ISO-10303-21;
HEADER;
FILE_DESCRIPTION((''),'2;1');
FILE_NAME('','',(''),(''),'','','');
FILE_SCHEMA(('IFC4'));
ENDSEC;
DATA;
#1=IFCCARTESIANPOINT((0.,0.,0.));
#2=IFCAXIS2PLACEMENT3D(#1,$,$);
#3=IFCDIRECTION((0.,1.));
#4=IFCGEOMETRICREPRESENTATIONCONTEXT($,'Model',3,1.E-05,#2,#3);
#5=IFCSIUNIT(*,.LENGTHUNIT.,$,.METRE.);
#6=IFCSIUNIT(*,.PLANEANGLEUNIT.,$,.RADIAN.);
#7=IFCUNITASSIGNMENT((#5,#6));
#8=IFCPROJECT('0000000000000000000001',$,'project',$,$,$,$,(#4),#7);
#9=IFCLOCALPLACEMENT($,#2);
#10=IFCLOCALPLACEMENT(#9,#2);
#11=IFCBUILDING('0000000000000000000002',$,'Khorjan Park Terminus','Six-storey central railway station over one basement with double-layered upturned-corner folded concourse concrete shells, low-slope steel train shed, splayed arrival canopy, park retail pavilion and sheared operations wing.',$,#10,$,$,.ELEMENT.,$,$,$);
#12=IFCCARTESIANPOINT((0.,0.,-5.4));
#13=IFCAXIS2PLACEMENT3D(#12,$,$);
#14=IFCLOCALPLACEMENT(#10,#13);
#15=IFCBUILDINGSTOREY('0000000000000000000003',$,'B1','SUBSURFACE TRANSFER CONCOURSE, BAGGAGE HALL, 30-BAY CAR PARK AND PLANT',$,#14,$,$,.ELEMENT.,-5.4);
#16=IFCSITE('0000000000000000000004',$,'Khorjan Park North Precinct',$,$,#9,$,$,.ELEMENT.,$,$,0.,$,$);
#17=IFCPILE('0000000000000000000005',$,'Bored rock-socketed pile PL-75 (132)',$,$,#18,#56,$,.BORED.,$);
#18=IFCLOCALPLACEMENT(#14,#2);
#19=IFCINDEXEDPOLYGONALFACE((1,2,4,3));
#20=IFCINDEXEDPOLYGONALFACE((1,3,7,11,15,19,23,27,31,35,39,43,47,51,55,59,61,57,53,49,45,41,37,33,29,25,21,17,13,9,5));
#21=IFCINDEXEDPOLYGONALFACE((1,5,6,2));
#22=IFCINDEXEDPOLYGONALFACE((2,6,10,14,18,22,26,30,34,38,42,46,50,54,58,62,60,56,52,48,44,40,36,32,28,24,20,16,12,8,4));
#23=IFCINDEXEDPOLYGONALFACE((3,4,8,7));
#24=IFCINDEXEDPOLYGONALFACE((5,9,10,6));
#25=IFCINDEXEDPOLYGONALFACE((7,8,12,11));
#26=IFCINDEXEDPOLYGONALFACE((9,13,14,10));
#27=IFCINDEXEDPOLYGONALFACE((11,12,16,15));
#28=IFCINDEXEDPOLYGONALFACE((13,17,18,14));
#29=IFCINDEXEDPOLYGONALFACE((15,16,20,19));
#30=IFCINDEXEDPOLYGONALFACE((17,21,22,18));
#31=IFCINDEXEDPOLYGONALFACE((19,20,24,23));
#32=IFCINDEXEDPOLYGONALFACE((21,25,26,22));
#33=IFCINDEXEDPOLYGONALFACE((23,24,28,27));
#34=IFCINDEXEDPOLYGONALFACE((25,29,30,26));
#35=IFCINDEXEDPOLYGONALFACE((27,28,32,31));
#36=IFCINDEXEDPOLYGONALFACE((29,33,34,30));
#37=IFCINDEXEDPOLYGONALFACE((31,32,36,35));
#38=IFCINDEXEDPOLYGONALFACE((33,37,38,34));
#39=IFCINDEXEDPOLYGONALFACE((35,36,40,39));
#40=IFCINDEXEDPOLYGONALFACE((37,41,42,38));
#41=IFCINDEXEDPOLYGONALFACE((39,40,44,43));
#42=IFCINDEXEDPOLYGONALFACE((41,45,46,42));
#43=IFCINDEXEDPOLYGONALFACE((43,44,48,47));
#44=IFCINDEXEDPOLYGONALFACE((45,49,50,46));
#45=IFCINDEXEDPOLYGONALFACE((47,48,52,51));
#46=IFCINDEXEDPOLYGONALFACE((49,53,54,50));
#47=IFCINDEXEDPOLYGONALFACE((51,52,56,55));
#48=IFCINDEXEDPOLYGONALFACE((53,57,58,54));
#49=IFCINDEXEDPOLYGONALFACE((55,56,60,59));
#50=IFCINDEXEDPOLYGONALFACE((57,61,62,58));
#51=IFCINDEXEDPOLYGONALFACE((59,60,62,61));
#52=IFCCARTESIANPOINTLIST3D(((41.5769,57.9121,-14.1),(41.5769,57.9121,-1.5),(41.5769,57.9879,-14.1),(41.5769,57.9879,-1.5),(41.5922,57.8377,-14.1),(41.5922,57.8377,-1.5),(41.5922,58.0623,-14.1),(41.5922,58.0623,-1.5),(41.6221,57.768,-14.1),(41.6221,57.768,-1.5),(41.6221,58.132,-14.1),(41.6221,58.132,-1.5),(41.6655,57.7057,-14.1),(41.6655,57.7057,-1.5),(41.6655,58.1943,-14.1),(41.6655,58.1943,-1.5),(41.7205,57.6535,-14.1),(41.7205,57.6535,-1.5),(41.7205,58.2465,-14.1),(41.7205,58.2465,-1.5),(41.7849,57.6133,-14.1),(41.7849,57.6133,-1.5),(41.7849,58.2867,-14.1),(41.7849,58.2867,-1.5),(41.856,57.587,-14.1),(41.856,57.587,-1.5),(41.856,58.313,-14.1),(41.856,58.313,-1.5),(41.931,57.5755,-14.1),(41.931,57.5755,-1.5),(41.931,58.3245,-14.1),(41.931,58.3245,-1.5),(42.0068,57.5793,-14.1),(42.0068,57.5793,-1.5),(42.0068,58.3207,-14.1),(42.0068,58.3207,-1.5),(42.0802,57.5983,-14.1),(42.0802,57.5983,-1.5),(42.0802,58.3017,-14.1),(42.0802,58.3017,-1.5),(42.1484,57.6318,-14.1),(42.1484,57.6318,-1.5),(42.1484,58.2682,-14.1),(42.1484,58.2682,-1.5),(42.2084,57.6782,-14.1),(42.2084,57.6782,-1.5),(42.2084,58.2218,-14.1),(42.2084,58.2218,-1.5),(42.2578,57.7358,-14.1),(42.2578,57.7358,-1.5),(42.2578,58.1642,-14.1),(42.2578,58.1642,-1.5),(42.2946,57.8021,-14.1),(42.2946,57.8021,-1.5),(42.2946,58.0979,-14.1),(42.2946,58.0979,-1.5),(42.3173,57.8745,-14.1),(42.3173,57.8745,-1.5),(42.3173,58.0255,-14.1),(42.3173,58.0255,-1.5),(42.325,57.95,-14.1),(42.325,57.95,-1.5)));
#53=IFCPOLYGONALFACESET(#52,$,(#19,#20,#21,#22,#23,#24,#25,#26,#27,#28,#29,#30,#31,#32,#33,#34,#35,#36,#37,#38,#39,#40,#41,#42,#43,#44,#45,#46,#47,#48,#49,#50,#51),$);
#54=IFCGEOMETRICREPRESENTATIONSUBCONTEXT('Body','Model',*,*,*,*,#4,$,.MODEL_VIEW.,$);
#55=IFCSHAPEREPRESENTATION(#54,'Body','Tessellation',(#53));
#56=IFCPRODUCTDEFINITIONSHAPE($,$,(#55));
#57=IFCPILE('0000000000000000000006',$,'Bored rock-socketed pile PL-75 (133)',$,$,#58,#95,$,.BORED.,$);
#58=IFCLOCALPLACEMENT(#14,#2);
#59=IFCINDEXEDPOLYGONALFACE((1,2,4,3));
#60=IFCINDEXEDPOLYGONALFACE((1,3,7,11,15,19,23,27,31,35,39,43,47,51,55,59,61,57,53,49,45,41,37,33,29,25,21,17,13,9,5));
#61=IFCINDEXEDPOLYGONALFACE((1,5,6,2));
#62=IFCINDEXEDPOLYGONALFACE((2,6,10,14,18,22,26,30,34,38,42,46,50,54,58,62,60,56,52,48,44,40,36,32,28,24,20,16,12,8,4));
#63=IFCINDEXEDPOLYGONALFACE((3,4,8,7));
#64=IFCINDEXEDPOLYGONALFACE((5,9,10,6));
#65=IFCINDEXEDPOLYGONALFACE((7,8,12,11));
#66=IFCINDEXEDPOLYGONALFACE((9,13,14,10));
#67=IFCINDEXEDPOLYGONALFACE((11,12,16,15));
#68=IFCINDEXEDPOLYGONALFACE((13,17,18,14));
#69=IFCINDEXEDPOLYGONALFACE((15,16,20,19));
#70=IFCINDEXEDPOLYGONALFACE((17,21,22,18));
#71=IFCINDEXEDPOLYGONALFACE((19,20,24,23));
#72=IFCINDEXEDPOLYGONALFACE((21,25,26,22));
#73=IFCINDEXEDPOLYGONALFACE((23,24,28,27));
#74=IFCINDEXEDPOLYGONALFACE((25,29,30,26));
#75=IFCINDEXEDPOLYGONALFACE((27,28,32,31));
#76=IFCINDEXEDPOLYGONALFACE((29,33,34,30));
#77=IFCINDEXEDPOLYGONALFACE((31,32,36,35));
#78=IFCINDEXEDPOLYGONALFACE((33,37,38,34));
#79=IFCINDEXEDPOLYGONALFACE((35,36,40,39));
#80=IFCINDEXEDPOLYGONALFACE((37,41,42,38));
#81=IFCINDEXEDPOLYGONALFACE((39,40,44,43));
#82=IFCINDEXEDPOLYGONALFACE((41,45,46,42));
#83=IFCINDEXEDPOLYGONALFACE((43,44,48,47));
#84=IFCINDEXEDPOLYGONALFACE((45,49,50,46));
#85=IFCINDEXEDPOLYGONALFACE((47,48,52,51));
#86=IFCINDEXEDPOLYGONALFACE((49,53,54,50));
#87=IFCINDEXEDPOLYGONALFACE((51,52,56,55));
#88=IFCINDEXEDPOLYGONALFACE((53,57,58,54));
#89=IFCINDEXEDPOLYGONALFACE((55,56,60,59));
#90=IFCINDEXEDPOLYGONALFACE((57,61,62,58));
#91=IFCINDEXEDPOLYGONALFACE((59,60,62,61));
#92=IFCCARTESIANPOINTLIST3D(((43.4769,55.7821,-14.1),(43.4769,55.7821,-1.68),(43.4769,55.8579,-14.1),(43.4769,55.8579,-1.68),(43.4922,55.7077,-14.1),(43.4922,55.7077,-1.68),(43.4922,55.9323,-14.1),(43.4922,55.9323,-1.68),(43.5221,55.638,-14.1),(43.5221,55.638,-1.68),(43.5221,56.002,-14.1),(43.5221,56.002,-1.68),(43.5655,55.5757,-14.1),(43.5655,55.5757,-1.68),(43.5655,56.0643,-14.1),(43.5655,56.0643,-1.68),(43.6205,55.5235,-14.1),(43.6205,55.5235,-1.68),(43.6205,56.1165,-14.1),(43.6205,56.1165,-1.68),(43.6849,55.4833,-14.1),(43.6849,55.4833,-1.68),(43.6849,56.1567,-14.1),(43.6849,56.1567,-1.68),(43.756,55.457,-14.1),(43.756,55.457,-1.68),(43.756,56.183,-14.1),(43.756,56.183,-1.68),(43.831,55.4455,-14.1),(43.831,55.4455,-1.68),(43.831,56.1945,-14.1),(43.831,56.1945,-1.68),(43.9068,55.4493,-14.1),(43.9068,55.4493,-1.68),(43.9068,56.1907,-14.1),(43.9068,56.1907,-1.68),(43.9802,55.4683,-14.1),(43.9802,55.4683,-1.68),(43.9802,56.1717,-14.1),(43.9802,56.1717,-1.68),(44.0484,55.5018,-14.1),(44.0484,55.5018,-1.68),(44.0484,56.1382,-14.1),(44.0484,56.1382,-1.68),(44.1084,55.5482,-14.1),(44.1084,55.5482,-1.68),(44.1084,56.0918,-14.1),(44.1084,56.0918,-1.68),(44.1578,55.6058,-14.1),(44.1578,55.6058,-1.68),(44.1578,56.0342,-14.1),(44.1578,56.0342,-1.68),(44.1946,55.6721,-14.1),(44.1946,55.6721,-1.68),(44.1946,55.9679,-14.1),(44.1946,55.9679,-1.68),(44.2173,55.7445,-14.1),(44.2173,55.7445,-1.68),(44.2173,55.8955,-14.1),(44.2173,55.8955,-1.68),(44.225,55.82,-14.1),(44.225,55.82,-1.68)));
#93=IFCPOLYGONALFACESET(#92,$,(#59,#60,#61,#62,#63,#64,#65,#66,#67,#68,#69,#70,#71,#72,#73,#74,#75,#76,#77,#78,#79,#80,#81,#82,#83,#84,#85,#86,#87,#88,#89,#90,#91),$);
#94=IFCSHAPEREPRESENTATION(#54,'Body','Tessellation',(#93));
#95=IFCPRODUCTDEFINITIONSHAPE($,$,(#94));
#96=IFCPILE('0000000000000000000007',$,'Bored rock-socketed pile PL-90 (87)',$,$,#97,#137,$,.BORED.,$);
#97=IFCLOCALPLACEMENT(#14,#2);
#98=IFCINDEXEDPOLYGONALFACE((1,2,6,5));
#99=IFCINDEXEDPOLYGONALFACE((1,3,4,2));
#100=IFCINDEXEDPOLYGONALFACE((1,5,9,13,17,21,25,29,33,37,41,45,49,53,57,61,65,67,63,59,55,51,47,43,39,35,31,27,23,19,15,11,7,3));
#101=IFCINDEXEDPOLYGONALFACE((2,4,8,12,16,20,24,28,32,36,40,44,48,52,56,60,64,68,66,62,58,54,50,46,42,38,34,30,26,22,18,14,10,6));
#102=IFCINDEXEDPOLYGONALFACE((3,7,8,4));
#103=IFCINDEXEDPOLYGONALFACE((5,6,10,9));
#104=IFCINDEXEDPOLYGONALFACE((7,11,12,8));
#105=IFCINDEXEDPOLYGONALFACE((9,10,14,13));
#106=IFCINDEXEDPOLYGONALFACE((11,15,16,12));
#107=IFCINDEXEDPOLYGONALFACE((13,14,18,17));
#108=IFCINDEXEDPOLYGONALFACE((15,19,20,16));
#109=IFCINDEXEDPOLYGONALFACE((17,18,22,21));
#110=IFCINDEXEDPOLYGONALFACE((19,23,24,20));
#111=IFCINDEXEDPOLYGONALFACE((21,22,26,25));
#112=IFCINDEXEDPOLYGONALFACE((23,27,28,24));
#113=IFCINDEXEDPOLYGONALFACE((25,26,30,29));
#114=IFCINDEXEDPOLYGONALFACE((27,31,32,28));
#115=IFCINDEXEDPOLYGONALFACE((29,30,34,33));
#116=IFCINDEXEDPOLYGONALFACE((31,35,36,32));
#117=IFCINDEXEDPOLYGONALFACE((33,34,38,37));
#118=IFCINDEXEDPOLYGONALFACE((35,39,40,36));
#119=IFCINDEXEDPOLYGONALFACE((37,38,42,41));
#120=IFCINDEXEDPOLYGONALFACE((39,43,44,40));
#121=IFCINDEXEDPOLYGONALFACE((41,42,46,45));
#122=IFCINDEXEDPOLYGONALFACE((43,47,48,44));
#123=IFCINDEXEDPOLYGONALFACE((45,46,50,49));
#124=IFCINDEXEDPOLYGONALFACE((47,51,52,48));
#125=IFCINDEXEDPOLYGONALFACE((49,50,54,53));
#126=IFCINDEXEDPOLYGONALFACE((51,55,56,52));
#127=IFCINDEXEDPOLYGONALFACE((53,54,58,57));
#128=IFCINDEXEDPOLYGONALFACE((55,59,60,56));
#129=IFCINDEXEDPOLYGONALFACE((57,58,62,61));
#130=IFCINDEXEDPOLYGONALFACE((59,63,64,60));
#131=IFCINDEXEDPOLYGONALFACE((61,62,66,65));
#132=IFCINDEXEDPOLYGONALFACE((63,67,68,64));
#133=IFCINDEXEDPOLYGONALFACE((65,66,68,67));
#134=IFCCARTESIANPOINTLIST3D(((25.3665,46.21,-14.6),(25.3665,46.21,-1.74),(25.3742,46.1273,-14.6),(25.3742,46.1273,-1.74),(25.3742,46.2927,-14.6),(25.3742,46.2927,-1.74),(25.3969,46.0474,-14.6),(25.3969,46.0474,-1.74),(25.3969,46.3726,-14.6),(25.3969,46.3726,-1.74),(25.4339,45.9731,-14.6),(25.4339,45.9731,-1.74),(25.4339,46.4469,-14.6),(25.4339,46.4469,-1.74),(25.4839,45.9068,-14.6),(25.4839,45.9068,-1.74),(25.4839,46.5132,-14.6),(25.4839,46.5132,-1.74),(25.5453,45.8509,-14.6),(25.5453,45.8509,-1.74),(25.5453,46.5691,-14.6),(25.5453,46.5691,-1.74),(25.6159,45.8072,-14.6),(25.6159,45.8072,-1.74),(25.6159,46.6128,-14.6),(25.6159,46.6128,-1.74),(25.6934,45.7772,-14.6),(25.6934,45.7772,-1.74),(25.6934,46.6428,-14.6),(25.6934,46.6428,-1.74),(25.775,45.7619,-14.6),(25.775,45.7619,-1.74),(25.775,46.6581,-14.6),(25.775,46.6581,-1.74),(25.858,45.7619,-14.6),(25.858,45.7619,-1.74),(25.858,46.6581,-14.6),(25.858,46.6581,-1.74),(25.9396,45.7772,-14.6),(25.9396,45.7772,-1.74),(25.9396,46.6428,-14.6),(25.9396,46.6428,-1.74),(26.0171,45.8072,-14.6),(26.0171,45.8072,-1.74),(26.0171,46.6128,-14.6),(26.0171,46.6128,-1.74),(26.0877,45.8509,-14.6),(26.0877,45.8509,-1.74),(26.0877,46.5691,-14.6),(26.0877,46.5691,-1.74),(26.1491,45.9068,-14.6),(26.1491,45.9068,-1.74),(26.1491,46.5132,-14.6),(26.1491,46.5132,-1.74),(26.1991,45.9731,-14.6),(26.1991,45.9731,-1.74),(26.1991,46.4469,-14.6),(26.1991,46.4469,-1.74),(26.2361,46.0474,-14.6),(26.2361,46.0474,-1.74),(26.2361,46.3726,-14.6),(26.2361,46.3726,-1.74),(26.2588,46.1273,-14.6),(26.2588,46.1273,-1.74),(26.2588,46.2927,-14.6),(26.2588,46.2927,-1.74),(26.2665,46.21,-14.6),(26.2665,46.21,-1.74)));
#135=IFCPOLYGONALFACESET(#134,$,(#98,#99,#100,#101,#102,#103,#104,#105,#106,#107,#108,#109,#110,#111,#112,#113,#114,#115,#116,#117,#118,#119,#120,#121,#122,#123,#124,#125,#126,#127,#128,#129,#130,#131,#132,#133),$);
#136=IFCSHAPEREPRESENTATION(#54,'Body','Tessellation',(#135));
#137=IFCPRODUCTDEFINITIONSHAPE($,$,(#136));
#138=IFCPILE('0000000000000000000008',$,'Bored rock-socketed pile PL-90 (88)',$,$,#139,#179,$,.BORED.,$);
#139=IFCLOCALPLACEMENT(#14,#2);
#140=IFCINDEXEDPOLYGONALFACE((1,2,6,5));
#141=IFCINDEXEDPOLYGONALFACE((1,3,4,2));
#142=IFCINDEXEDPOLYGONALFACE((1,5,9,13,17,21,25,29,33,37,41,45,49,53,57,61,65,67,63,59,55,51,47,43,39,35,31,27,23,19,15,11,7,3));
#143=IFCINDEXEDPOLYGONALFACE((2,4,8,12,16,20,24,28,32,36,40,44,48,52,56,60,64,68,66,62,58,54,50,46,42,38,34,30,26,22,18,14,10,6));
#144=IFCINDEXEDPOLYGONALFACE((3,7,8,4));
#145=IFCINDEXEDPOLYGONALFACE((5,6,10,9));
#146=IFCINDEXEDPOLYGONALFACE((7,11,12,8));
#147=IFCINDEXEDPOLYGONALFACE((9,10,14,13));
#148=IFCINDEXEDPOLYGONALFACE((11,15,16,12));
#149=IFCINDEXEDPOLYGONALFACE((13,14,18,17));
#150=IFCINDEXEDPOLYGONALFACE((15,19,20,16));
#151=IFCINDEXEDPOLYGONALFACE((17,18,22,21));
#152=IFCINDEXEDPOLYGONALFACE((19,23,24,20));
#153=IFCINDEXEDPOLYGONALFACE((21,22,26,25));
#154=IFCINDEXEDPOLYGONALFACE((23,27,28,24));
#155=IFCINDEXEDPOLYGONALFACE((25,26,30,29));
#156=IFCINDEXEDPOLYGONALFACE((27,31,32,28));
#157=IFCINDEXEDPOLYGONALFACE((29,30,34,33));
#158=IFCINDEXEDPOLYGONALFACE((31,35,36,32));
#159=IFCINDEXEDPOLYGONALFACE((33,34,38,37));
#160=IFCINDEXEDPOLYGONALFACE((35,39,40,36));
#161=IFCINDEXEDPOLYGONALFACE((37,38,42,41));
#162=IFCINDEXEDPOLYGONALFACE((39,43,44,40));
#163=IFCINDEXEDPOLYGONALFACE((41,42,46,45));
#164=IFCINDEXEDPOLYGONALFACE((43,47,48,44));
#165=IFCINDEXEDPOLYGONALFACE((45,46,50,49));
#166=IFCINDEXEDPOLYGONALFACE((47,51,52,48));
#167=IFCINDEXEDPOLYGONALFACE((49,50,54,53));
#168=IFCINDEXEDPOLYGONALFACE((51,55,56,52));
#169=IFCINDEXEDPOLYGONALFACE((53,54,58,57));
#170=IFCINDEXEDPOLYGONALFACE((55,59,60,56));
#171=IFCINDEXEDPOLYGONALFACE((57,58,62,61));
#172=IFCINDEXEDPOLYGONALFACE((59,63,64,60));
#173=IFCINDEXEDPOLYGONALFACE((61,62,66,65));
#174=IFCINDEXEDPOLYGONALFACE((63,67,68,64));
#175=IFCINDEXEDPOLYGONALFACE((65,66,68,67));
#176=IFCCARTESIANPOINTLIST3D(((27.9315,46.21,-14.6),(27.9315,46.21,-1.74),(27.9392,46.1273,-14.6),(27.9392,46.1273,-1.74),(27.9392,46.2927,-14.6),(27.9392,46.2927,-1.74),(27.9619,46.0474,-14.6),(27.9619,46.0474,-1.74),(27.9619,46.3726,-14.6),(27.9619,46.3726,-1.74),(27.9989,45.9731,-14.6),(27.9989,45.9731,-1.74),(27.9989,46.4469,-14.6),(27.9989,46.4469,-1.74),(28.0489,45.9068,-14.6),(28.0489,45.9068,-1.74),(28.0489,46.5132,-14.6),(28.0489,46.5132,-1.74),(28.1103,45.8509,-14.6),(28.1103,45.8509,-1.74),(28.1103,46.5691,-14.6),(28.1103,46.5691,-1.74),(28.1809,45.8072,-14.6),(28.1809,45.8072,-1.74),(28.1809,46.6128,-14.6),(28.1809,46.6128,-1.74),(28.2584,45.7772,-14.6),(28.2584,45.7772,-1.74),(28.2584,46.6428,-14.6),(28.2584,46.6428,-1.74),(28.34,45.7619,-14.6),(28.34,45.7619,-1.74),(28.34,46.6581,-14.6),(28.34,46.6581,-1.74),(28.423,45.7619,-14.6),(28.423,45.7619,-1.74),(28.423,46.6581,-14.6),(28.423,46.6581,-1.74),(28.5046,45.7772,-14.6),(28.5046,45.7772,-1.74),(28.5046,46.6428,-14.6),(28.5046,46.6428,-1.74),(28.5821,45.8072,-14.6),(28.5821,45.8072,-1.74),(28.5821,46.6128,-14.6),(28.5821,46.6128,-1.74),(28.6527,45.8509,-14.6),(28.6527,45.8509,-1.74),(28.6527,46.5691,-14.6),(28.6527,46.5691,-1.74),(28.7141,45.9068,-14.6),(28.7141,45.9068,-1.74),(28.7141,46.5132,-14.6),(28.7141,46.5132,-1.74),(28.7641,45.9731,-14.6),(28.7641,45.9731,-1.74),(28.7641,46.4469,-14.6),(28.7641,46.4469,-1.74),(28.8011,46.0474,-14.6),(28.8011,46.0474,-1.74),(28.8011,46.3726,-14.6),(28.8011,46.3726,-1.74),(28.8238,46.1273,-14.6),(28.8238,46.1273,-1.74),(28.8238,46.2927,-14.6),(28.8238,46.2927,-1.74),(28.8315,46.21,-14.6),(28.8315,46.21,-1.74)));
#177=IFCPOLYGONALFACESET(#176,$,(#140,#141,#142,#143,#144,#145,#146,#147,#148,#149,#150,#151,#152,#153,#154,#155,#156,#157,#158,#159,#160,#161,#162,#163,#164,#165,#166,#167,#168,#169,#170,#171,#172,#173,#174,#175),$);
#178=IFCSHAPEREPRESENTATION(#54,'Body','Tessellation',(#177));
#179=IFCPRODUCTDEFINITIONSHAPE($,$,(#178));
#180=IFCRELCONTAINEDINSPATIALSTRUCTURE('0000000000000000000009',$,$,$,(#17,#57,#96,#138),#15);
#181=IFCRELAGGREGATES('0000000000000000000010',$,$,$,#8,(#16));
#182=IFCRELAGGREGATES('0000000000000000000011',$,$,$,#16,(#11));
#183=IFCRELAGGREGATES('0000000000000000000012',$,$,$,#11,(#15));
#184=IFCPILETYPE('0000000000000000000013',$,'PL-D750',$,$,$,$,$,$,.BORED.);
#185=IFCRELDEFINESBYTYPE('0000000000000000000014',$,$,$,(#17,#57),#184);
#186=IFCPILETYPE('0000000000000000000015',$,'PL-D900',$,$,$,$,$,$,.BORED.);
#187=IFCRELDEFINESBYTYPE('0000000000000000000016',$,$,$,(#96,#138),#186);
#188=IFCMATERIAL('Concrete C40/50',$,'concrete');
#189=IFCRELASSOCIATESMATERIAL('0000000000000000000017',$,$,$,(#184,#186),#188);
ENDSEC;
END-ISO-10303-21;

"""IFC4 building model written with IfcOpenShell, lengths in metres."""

from ifc_helpers import new_model, si_unit, direction, frame, origin, origin_2d, place, context, subcontext, project, spatial, circle, extrude, material, material_profile, profile_set, type_object, element, save


model = new_model("IFC4")

# Units and contexts
model_context = context("Model", 3, precision=1e-05, world=origin(), true_north=direction((0.0, 1.0)))
body_context = subcontext(model_context, "Body", "Model", "MODEL_VIEW")
ifc_project = project(units=[si_unit("LENGTHUNIT", "METRE"), si_unit("PLANEANGLEUNIT", "RADIAN")], contexts=[model_context])

# Site, building, storey
site_placement = place(None, origin())
site = spatial("IfcSite", under=ifc_project, at=site_placement, Name="Khorjan Park North Precinct", CompositionType="ELEMENT", RefElevation=0.0)
building_placement = place(site_placement, origin())
building = spatial("IfcBuilding", under=site, at=building_placement, Name="Khorjan Park Terminus", Description="Six-storey central railway station over one basement with double-layered upturned-corner folded concourse concrete shells, low-slope steel train shed, splayed arrival canopy, park retail pavilion and sheared operations wing.", CompositionType="ELEMENT")
storey_placement = place(building_placement, frame((0.0, 0.0, -5.4)))
storey = spatial("IfcBuildingStorey", under=building, at=storey_placement, Name="B1", Description="SUBSURFACE TRANSFER CONCOURSE, BAGGAGE HALL, 30-BAY CAR PARK AND PLANT", CompositionType="ELEMENT", Elevation=-5.4)

# Shared definitions
ifc_material_1 = material(Name="Concrete C40/50", Category="concrete")

# Piles
ifc_material_profile_1 = material_profile(ifc_material_1, circle(Radius=0.375, at=origin_2d()), Name="BORED D750")
ifc_profile_set_1 = profile_set([ifc_material_profile_1], Name="Concrete C40/50")
pile_type_1 = type_object("IfcPileType", Name="PL-D750", PredefinedType="BORED", material=ifc_profile_set_1)
pile_1_placement = place(storey_placement, frame((41.95, 57.95, -1.5), z_axis=(0.0, 0.0, -1.0), x_axis=(1.0, 0.0, 0.0)))
element("IfcPile", 1, at=pile_1_placement, inside=storey, type_object=pile_type_1, Name="Bored rock-socketed pile PL-75 (132)", PredefinedType="BORED", context=body_context, shape_type="SweptSolid", body=[
    extrude(circle(Radius=0.375, at=origin_2d()), origin(), (0.0, 0.0, 1.0), 12.6),
])
pile_2_placement = place(storey_placement, frame((43.85, 55.82, -1.68), z_axis=(0.0, 0.0, -1.0), x_axis=(1.0, 0.0, 0.0)))
element("IfcPile", 2, at=pile_2_placement, inside=storey, type_object=pile_type_1, Name="Bored rock-socketed pile PL-75 (133)", PredefinedType="BORED", context=body_context, shape_type="SweptSolid", body=[
    extrude(circle(Radius=0.375, at=origin_2d()), origin(), (0.0, 0.0, 1.0), 12.42),
])
ifc_material_profile_2 = material_profile(ifc_material_1, circle(Radius=0.45, at=origin_2d()), Name="BORED D900")
ifc_profile_set_2 = profile_set([ifc_material_profile_2], Name="Concrete C40/50")
pile_type_2 = type_object("IfcPileType", Name="PL-D900", PredefinedType="BORED", material=ifc_profile_set_2)
for number, where, z_axis, x_axis, name in (
    (3, (25.8165, 46.21, -1.74), (0.0, 0.0, -1.0), (1.0, 0.0, 0.0), "Bored rock-socketed pile PL-90 (87)"),
    (4, (28.3815, 46.21, -1.74), (0.0, 0.0, -1.0), (1.0, 0.0, 0.0), "Bored rock-socketed pile PL-90 (88)"),
):
    element("IfcPile", number, at=place(storey_placement, frame(where, z_axis=z_axis, x_axis=x_axis)), inside=storey, type_object=pile_type_2, Name=name, PredefinedType="BORED", context=body_context, shape_type="SweptSolid", body=[
        extrude(circle(Radius=0.45, at=origin_2d()), origin(), (0.0, 0.0, 1.0), 12.86),
    ])

save(model, "model.ifc")
